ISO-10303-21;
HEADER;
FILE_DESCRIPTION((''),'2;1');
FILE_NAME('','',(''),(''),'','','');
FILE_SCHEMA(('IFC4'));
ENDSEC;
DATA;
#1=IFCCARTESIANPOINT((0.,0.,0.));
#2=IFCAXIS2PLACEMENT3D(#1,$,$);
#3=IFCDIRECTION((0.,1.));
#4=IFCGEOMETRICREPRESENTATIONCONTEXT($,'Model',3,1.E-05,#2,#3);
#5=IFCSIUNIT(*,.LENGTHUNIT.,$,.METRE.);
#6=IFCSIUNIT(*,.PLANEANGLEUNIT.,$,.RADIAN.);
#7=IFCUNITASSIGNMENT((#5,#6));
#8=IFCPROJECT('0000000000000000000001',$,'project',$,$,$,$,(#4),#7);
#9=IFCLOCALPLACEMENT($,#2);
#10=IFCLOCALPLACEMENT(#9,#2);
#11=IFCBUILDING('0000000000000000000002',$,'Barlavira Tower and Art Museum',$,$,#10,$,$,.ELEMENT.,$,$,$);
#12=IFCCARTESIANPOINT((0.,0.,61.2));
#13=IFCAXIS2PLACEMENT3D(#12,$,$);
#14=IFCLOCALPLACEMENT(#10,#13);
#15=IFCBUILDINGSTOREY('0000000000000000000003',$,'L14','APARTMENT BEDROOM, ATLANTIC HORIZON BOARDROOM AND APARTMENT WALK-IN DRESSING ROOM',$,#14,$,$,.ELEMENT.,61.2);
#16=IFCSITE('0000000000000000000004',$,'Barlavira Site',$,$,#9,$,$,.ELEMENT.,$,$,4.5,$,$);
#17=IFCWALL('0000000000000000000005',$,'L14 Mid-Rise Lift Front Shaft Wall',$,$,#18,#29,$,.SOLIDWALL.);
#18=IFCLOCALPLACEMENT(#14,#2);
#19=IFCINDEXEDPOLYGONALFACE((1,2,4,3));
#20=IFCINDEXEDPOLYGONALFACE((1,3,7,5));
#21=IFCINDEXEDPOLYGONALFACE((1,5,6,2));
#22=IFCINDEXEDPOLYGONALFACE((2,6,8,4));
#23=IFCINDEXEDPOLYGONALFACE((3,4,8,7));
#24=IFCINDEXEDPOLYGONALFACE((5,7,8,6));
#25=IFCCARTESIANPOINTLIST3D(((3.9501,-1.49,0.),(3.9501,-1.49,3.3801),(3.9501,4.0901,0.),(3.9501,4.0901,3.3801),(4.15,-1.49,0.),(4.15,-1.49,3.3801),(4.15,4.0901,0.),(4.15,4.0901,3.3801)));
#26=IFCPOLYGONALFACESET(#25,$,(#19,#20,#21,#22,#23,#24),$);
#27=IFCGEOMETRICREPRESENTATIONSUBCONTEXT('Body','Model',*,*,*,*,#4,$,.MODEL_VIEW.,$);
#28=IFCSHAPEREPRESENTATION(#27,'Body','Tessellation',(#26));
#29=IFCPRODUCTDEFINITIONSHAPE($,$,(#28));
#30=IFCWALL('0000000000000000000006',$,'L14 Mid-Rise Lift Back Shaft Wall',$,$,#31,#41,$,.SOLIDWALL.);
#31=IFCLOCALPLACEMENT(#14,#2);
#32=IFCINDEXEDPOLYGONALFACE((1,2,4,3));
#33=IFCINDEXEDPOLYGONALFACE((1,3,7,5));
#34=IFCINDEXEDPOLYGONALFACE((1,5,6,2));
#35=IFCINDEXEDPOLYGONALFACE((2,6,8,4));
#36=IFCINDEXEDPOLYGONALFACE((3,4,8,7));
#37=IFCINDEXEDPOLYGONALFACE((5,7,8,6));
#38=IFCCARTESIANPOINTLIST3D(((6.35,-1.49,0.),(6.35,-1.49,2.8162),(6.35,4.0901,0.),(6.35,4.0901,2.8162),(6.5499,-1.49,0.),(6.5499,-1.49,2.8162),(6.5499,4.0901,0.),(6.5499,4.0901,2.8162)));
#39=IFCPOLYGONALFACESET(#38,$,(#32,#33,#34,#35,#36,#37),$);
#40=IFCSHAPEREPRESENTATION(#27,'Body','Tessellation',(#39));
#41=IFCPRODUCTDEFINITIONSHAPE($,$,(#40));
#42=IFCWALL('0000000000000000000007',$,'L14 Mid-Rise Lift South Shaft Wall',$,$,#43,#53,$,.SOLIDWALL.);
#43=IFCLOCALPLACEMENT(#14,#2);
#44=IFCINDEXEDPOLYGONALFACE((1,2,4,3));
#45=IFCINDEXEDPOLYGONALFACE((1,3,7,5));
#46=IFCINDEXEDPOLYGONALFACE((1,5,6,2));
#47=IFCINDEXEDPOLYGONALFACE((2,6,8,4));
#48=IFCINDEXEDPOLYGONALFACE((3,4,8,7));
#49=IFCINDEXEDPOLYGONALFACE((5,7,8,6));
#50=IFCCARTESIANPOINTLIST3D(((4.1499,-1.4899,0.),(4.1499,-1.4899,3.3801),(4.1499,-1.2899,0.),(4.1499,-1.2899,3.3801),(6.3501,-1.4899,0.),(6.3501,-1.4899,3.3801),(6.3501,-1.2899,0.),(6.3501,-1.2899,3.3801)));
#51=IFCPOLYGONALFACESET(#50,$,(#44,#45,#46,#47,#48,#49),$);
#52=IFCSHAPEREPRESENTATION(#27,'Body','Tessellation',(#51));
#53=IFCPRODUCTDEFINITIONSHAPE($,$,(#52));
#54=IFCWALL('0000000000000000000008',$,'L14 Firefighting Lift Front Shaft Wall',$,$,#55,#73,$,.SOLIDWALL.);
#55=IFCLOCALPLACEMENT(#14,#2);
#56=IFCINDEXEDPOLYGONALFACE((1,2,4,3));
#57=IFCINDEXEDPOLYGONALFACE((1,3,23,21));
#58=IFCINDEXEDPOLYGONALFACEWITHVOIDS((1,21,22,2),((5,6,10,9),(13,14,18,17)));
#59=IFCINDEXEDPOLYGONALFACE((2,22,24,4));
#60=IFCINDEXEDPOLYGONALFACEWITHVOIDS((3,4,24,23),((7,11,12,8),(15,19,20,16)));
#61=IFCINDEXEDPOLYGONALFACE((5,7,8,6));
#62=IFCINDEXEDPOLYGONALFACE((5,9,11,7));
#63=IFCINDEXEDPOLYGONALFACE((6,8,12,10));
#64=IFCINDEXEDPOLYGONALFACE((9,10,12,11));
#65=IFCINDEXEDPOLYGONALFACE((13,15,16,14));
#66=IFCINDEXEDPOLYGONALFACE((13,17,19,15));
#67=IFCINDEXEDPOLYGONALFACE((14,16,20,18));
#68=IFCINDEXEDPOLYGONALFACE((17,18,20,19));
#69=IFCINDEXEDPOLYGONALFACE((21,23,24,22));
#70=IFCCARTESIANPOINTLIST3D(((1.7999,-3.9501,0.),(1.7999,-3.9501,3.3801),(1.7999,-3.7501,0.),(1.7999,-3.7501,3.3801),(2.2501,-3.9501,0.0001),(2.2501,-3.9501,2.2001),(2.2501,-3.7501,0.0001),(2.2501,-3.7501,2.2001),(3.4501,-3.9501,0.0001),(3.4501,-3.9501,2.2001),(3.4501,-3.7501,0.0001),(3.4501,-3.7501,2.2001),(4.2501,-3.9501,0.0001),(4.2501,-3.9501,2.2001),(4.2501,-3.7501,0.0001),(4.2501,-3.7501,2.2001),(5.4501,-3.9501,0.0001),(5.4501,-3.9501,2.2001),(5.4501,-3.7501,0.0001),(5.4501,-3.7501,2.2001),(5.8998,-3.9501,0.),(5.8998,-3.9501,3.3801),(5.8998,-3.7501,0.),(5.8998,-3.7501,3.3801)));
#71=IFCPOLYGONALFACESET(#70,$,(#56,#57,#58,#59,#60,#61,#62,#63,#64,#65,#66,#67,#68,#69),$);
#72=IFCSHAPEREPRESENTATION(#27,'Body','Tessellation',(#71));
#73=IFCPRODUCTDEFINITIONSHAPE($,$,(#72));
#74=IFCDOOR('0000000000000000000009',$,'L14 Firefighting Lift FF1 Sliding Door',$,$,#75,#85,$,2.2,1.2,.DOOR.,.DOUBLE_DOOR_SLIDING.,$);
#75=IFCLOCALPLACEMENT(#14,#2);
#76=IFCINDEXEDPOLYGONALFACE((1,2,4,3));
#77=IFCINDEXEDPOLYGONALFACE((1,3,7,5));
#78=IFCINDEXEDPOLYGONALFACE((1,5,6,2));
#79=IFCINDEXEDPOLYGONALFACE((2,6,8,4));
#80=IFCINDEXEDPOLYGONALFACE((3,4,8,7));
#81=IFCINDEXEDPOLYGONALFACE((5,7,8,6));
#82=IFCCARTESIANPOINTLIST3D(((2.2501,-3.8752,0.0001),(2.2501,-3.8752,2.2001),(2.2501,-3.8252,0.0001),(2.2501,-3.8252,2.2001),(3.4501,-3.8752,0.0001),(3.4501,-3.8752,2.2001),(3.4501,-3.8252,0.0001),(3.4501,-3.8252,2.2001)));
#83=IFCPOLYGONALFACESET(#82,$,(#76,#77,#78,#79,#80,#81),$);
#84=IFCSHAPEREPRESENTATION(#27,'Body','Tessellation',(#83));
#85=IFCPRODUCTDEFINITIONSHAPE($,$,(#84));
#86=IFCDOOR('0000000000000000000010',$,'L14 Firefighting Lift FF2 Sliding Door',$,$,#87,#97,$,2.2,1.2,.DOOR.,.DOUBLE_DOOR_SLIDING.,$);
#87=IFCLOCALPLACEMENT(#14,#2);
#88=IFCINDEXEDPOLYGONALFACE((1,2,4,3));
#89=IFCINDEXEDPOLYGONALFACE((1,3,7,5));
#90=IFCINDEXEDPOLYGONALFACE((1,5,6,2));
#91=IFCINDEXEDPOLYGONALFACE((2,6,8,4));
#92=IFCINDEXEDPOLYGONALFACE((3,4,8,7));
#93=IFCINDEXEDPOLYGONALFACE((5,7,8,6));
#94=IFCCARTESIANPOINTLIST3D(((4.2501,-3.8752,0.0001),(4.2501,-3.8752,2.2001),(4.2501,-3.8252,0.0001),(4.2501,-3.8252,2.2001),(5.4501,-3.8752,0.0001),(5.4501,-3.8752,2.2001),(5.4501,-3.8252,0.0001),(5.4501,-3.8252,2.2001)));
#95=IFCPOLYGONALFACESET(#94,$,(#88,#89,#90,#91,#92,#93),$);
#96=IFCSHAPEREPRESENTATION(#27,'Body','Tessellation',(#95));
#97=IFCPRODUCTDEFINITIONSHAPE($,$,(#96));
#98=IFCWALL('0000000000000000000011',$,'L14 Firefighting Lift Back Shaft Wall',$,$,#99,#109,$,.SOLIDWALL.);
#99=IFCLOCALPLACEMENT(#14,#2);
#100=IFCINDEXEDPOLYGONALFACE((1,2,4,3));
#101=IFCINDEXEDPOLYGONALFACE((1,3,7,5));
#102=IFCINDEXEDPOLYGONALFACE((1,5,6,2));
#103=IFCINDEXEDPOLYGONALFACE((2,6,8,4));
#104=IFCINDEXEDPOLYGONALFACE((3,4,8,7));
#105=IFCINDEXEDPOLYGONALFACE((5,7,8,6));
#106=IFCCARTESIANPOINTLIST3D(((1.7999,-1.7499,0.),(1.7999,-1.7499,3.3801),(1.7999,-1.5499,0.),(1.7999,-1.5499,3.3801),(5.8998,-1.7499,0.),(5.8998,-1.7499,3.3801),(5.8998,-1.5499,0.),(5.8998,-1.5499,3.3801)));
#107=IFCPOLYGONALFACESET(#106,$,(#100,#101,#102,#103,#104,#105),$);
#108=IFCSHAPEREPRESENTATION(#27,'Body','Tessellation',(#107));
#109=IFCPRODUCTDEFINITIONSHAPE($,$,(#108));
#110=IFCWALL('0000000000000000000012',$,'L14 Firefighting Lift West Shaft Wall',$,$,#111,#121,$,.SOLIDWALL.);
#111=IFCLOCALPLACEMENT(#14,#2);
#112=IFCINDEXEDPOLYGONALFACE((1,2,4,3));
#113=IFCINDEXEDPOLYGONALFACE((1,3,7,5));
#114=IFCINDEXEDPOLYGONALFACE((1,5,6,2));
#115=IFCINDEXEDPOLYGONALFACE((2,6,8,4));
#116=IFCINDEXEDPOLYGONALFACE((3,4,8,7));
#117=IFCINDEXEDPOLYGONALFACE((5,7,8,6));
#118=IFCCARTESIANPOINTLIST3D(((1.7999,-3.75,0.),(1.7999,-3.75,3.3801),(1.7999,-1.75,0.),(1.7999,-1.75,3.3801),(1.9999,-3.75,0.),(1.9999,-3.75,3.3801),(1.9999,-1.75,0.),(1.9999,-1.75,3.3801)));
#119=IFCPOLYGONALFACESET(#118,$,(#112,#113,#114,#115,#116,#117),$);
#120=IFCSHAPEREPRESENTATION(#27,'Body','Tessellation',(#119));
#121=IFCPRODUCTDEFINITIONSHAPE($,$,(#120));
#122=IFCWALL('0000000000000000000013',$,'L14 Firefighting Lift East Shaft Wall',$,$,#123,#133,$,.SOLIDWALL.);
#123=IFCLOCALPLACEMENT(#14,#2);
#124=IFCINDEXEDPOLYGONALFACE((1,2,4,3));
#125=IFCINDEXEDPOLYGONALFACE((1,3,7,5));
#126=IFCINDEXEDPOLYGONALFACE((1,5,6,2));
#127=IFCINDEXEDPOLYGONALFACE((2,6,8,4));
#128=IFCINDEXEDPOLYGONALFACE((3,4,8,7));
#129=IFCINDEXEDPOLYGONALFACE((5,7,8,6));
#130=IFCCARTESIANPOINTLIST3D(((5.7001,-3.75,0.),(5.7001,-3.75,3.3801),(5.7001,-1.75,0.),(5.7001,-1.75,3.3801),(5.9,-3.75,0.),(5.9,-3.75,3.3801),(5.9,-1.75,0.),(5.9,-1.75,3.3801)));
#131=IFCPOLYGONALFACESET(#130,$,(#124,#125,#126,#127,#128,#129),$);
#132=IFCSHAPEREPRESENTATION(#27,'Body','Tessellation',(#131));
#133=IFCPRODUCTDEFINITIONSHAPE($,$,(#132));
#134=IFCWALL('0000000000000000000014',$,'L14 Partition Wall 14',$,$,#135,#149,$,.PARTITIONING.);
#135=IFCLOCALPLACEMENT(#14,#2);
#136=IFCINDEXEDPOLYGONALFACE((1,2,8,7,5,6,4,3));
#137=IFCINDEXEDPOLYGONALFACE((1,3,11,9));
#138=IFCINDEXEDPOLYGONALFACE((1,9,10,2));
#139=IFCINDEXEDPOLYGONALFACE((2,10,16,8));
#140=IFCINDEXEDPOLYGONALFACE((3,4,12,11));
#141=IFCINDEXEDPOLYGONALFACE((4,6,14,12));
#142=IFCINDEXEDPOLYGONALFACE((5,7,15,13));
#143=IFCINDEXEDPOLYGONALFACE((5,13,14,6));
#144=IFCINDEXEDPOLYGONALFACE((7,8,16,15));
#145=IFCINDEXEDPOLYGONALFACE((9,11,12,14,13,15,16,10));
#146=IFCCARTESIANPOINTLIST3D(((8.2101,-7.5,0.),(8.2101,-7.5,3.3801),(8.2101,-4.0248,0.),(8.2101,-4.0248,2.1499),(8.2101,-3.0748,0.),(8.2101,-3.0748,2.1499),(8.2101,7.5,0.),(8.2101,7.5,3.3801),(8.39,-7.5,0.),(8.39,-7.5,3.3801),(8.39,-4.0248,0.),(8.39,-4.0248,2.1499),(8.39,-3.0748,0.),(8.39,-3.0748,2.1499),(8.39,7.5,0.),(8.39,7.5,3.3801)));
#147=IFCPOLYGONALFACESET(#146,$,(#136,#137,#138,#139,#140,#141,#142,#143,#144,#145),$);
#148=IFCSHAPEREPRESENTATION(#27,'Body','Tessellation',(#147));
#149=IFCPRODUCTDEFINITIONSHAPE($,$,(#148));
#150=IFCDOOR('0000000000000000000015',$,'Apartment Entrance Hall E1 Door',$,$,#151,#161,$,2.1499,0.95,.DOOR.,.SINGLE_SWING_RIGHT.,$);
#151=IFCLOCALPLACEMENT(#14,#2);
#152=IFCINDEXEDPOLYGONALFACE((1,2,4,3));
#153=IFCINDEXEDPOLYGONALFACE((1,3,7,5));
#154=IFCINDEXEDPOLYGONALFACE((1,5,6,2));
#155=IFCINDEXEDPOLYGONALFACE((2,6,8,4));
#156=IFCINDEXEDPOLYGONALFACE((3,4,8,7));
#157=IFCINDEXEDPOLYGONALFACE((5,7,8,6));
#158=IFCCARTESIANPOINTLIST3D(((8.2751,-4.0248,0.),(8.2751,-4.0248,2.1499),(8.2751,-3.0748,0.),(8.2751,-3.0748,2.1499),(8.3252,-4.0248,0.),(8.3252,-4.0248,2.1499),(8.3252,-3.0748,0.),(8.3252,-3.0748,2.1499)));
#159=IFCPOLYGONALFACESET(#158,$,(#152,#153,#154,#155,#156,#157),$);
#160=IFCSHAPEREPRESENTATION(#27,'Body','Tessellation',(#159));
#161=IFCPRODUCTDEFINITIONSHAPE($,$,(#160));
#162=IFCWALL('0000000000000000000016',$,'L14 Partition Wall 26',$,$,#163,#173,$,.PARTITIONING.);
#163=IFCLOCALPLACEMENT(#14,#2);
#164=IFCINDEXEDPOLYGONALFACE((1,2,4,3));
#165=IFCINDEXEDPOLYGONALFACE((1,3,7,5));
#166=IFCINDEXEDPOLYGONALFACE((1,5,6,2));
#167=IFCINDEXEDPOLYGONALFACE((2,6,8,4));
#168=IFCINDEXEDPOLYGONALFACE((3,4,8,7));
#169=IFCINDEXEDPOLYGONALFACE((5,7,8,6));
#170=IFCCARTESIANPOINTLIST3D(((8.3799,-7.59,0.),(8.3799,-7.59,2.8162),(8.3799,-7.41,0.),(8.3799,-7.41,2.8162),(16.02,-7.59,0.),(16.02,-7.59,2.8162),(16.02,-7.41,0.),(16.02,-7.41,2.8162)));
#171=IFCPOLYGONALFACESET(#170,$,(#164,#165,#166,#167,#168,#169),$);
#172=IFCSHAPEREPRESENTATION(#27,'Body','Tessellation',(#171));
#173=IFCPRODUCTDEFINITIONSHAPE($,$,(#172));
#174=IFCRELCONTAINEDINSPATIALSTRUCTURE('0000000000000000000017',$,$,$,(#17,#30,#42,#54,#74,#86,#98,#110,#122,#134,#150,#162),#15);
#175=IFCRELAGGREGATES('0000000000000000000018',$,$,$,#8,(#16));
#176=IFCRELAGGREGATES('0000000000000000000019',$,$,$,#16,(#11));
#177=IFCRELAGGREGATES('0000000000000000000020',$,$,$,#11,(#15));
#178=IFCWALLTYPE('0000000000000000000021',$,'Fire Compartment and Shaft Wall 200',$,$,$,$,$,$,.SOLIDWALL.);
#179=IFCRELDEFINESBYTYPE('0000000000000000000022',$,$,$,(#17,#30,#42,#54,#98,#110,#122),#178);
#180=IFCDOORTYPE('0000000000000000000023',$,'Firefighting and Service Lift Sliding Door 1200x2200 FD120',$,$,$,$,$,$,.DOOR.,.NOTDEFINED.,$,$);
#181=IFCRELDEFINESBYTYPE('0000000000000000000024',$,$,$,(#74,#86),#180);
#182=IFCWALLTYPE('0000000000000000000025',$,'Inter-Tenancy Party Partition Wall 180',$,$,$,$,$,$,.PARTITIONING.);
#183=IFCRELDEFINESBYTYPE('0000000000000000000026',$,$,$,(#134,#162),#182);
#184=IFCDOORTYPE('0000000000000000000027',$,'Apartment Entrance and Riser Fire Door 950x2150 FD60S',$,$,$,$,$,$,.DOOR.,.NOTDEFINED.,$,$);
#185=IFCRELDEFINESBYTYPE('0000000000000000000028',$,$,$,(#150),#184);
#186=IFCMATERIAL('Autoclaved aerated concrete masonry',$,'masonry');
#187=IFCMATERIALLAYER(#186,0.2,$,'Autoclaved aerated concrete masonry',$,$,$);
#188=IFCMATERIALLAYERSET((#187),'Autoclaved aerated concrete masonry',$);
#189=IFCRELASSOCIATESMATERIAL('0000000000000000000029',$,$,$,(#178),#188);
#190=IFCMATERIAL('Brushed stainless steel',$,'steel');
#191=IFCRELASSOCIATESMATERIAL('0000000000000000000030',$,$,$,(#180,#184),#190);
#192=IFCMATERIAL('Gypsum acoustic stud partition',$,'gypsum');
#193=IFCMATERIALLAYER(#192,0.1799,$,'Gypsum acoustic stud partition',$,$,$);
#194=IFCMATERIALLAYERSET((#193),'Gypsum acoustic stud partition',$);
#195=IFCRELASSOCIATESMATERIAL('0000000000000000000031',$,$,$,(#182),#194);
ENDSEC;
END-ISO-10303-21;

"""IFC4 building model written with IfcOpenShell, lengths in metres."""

from ifc_helpers import new_model, si_unit, direction, frame, frame_2d, origin, place, context, subcontext, project, spatial, rectangle, extrude, material, layer, layer_set, type_object, element, fill, save


model = new_model("IFC4")

# Units and contexts
model_context = context("Model", 3, precision=1e-05, world=origin(), true_north=direction((0.0, 1.0)))
body_context = subcontext(model_context, "Body", "Model", "MODEL_VIEW")
ifc_project = project(units=[si_unit("LENGTHUNIT", "METRE"), si_unit("PLANEANGLEUNIT", "RADIAN")], contexts=[model_context])

# Site, building, storey
site_placement = place(None, origin())
site = spatial("IfcSite", under=ifc_project, at=site_placement, Name="Barlavira Site", CompositionType="ELEMENT", RefElevation=4.5)
building_placement = place(site_placement, origin())
building = spatial("IfcBuilding", under=site, at=building_placement, Name="Barlavira Tower and Art Museum", CompositionType="ELEMENT")
storey_placement = place(building_placement, frame((0.0, 0.0, 61.2)))
storey = spatial("IfcBuildingStorey", under=building, at=storey_placement, Name="L14", Description="APARTMENT BEDROOM, ATLANTIC HORIZON BOARDROOM AND APARTMENT WALK-IN DRESSING ROOM", CompositionType="ELEMENT", Elevation=61.2)

# Shared definitions
ifc_material_1 = material(Name="Gypsum acoustic stud partition", Category="gypsum")
ifc_material_2 = material(Name="Brushed stainless steel", Category="steel")

# Walls
ifc_material_3 = material(Name="Autoclaved aerated concrete masonry", Category="masonry")
ifc_layer_1 = layer(ifc_material_3, 0.2, Name="Autoclaved aerated concrete masonry")
ifc_layer_set_1 = layer_set([ifc_layer_1], Name="Autoclaved aerated concrete masonry")
wall_type_1 = type_object("IfcWallType", Name="Fire Compartment and Shaft Wall 200", PredefinedType="SOLIDWALL", material=ifc_layer_set_1)
wall_1_placement = place(storey_placement, frame((4.05, -1.49, 0.0), z_axis=(0.0, 0.0, 1.0), x_axis=(0.0, 1.0, 0.0)))
element("IfcWall", 1, at=wall_1_placement, inside=storey, type_object=wall_type_1, Name="L14 Mid-Rise Lift Front Shaft Wall", PredefinedType="SOLIDWALL", context=body_context, shape_type="SweptSolid", body=[
    extrude(rectangle(XDim=5.5801, YDim=0.2, at=frame_2d((2.79, 0.0))), origin(), (0.0, 0.0, 1.0), 3.3801),
])
wall_2_placement = place(storey_placement, frame((6.45, -1.49, 0.0), z_axis=(0.0, 0.0, 1.0), x_axis=(0.0, 1.0, 0.0)))
element("IfcWall", 2, at=wall_2_placement, inside=storey, type_object=wall_type_1, Name="L14 Mid-Rise Lift Back Shaft Wall", PredefinedType="SOLIDWALL", context=body_context, shape_type="SweptSolid", body=[
    extrude(rectangle(XDim=5.5801, YDim=0.2, at=frame_2d((2.79, 0.0))), origin(), (0.0, 0.0, 1.0), 2.8162),
])
wall_3_placement = place(storey_placement, frame((4.1499, -1.3899, 0.0), z_axis=(0.0, 0.0, 1.0), x_axis=(1.0, 0.0, 0.0)))
element("IfcWall", 3, at=wall_3_placement, inside=storey, type_object=wall_type_1, Name="L14 Mid-Rise Lift South Shaft Wall", PredefinedType="SOLIDWALL", context=body_context, shape_type="SweptSolid", body=[
    extrude(rectangle(XDim=2.2002, YDim=0.2, at=frame_2d((1.1001, 0.0))), origin(), (0.0, 0.0, 1.0), 3.3801),
])

# Wall, openings, doors
wall_4_placement = place(storey_placement, frame((1.8, -3.8501, 0.0), z_axis=(0.0, 0.0, 1.0), x_axis=(1.0, 0.0, 0.0)))
wall_4 = element("IfcWall", 4, at=wall_4_placement, inside=storey, type_object=wall_type_1, Name="L14 Firefighting Lift Front Shaft Wall", PredefinedType="SOLIDWALL", context=body_context, shape_type="SweptSolid", body=[
    extrude(rectangle(XDim=4.0999, YDim=0.2, at=frame_2d((2.0498, 0.0))), origin(), (0.0, 0.0, 1.0), 3.3801),
])
opening_1_placement = place(wall_4_placement, frame((0.45, 0.0, 0.0)))
opening_1 = element("IfcOpeningElement", 5, at=opening_1_placement, cuts=wall_4, PredefinedType="OPENING", context=body_context, shape_type="SweptSolid", body=[
    extrude(rectangle(XDim=1.2, YDim=2.2, at=frame_2d((0.6001, 1.1001))), frame((0.0, 0.1099, 0.0), z_axis=(0.0, -1.0, 0.0), x_axis=(1.0, 0.0, 0.0)), (0.0, 0.0, 1.0), 0.22),
])
opening_2_placement = place(wall_4_placement, frame((2.45, 0.0, 0.0)))
opening_2 = element("IfcOpeningElement", 6, at=opening_2_placement, cuts=wall_4, PredefinedType="OPENING", context=body_context, shape_type="SweptSolid", body=[
    extrude(rectangle(XDim=1.2, YDim=2.2, at=frame_2d((0.6001, 1.1001))), frame((0.0, 0.1099, 0.0), z_axis=(0.0, -1.0, 0.0), x_axis=(1.0, 0.0, 0.0)), (0.0, 0.0, 1.0), 0.22),
])
door_type_1 = type_object("IfcDoorType", Name="Firefighting and Service Lift Sliding Door 1200x2200 FD120", OperationType="NOTDEFINED", PredefinedType="DOOR", material=ifc_material_2)
door_1_placement = place(opening_1_placement, origin())
door_1 = element("IfcDoor", 7, at=door_1_placement, inside=storey, type_object=door_type_1, Name="L14 Firefighting Lift FF1 Sliding Door", OperationType="DOUBLE_DOOR_SLIDING", OverallHeight=2.2, OverallWidth=1.2, PredefinedType="DOOR", context=body_context, shape_type="SweptSolid", body=[
    extrude(rectangle(XDim=1.2, YDim=2.2, at=frame_2d((0.6001, 1.1001))), frame((0.0, 0.0249, 0.0), z_axis=(0.0, -1.0, 0.0), x_axis=(1.0, 0.0, 0.0)), (0.0, 0.0, 1.0), 0.05),
])
fill(opening_1, door_1)
door_2_placement = place(opening_2_placement, origin())
door_2 = element("IfcDoor", 8, at=door_2_placement, inside=storey, type_object=door_type_1, Name="L14 Firefighting Lift FF2 Sliding Door", OperationType="DOUBLE_DOOR_SLIDING", OverallHeight=2.2, OverallWidth=1.2, PredefinedType="DOOR", context=body_context, shape_type="SweptSolid", body=[
    extrude(rectangle(XDim=1.2, YDim=2.2, at=frame_2d((0.6001, 1.1001))), frame((0.0, 0.0249, 0.0), z_axis=(0.0, -1.0, 0.0), x_axis=(1.0, 0.0, 0.0)), (0.0, 0.0, 1.0), 0.05),
])
fill(opening_2, door_2)

# Walls
wall_5_placement = place(storey_placement, frame((1.8, -1.6499, 0.0), z_axis=(0.0, 0.0, 1.0), x_axis=(1.0, 0.0, 0.0)))
element("IfcWall", 9, at=wall_5_placement, inside=storey, type_object=wall_type_1, Name="L14 Firefighting Lift Back Shaft Wall", PredefinedType="SOLIDWALL", context=body_context, shape_type="SweptSolid", body=[
    extrude(rectangle(XDim=4.0999, YDim=0.2, at=frame_2d((2.0498, 0.0))), origin(), (0.0, 0.0, 1.0), 3.3801),
])
for number, where, z_axis, x_axis, name in (
    (10, (1.8999, -3.75, 0.0), (0.0, 0.0, 1.0), (0.0, 1.0, 0.0), "L14 Firefighting Lift West Shaft Wall"),
    (11, (5.8, -3.75, 0.0), (0.0, 0.0, 1.0), (0.0, 1.0, 0.0), "L14 Firefighting Lift East Shaft Wall"),
):
    element("IfcWall", number, at=place(storey_placement, frame(where, z_axis=z_axis, x_axis=x_axis)), inside=storey, type_object=wall_type_1, Name=name, PredefinedType="SOLIDWALL", context=body_context, shape_type="SweptSolid", body=[
        extrude(rectangle(XDim=2.0, YDim=0.2, at=frame_2d((1.0, 0.0))), origin(), (0.0, 0.0, 1.0), 3.3801),
    ])

# Wall, opening, door
ifc_layer_2 = layer(ifc_material_1, 0.1799, Name="Gypsum acoustic stud partition")
ifc_layer_set_2 = layer_set([ifc_layer_2], Name="Gypsum acoustic stud partition")
wall_type_2 = type_object("IfcWallType", Name="Inter-Tenancy Party Partition Wall 180", PredefinedType="PARTITIONING", material=ifc_layer_set_2)
wall_6_placement = place(storey_placement, frame((8.3, -7.5, 0.0), z_axis=(0.0, 0.0, 1.0), x_axis=(0.0, 1.0, 0.0)))
wall_6 = element("IfcWall", 12, at=wall_6_placement, inside=storey, type_object=wall_type_2, Name="L14 Partition Wall 14", PredefinedType="PARTITIONING", context=body_context, shape_type="SweptSolid", body=[
    extrude(rectangle(XDim=15.0, YDim=0.1799, at=frame_2d((7.5, 0.0))), origin(), (0.0, 0.0, 1.0), 3.3801),
])
opening_3_placement = place(wall_6_placement, frame((3.4751, 0.0, 0.0)))
opening_3 = element("IfcOpeningElement", 13, at=opening_3_placement, cuts=wall_6, PredefinedType="OPENING", context=body_context, shape_type="SweptSolid", body=[
    extrude(rectangle(XDim=0.95, YDim=2.1499, at=frame_2d((0.4751, 1.075))), frame((0.0, 0.1001, 0.0), z_axis=(0.0, -1.0, 0.0), x_axis=(1.0, 0.0, 0.0)), (0.0, 0.0, 1.0), 0.2),
])
door_type_2 = type_object("IfcDoorType", Name="Apartment Entrance and Riser Fire Door 950x2150 FD60S", OperationType="NOTDEFINED", PredefinedType="DOOR", material=ifc_material_2)
door_3_placement = place(opening_3_placement, origin())
door_3 = element("IfcDoor", 14, at=door_3_placement, inside=storey, type_object=door_type_2, Name="Apartment Entrance Hall E1 Door", OperationType="SINGLE_SWING_RIGHT", OverallHeight=2.1499, OverallWidth=0.95, PredefinedType="DOOR", context=body_context, shape_type="SweptSolid", body=[
    extrude(rectangle(XDim=0.95, YDim=2.1499, at=frame_2d((0.4751, 1.075))), frame((0.0, 0.0249, 0.0), z_axis=(0.0, -1.0, 0.0), x_axis=(1.0, 0.0, 0.0)), (0.0, 0.0, 1.0), 0.05),
])
fill(opening_3, door_3)

# Wall
wall_7_placement = place(storey_placement, frame((8.3799, -7.5, 0.0), z_axis=(0.0, 0.0, 1.0), x_axis=(1.0, 0.0, 0.0)))
element("IfcWall", 15, at=wall_7_placement, inside=storey, type_object=wall_type_2, Name="L14 Partition Wall 26", PredefinedType="PARTITIONING", context=body_context, shape_type="SweptSolid", body=[
    extrude(rectangle(XDim=7.6401, YDim=0.1799, at=frame_2d((3.8201, 0.0))), origin(), (0.0, 0.0, 1.0), 2.8162),
])

save(model, "model.ifc")
